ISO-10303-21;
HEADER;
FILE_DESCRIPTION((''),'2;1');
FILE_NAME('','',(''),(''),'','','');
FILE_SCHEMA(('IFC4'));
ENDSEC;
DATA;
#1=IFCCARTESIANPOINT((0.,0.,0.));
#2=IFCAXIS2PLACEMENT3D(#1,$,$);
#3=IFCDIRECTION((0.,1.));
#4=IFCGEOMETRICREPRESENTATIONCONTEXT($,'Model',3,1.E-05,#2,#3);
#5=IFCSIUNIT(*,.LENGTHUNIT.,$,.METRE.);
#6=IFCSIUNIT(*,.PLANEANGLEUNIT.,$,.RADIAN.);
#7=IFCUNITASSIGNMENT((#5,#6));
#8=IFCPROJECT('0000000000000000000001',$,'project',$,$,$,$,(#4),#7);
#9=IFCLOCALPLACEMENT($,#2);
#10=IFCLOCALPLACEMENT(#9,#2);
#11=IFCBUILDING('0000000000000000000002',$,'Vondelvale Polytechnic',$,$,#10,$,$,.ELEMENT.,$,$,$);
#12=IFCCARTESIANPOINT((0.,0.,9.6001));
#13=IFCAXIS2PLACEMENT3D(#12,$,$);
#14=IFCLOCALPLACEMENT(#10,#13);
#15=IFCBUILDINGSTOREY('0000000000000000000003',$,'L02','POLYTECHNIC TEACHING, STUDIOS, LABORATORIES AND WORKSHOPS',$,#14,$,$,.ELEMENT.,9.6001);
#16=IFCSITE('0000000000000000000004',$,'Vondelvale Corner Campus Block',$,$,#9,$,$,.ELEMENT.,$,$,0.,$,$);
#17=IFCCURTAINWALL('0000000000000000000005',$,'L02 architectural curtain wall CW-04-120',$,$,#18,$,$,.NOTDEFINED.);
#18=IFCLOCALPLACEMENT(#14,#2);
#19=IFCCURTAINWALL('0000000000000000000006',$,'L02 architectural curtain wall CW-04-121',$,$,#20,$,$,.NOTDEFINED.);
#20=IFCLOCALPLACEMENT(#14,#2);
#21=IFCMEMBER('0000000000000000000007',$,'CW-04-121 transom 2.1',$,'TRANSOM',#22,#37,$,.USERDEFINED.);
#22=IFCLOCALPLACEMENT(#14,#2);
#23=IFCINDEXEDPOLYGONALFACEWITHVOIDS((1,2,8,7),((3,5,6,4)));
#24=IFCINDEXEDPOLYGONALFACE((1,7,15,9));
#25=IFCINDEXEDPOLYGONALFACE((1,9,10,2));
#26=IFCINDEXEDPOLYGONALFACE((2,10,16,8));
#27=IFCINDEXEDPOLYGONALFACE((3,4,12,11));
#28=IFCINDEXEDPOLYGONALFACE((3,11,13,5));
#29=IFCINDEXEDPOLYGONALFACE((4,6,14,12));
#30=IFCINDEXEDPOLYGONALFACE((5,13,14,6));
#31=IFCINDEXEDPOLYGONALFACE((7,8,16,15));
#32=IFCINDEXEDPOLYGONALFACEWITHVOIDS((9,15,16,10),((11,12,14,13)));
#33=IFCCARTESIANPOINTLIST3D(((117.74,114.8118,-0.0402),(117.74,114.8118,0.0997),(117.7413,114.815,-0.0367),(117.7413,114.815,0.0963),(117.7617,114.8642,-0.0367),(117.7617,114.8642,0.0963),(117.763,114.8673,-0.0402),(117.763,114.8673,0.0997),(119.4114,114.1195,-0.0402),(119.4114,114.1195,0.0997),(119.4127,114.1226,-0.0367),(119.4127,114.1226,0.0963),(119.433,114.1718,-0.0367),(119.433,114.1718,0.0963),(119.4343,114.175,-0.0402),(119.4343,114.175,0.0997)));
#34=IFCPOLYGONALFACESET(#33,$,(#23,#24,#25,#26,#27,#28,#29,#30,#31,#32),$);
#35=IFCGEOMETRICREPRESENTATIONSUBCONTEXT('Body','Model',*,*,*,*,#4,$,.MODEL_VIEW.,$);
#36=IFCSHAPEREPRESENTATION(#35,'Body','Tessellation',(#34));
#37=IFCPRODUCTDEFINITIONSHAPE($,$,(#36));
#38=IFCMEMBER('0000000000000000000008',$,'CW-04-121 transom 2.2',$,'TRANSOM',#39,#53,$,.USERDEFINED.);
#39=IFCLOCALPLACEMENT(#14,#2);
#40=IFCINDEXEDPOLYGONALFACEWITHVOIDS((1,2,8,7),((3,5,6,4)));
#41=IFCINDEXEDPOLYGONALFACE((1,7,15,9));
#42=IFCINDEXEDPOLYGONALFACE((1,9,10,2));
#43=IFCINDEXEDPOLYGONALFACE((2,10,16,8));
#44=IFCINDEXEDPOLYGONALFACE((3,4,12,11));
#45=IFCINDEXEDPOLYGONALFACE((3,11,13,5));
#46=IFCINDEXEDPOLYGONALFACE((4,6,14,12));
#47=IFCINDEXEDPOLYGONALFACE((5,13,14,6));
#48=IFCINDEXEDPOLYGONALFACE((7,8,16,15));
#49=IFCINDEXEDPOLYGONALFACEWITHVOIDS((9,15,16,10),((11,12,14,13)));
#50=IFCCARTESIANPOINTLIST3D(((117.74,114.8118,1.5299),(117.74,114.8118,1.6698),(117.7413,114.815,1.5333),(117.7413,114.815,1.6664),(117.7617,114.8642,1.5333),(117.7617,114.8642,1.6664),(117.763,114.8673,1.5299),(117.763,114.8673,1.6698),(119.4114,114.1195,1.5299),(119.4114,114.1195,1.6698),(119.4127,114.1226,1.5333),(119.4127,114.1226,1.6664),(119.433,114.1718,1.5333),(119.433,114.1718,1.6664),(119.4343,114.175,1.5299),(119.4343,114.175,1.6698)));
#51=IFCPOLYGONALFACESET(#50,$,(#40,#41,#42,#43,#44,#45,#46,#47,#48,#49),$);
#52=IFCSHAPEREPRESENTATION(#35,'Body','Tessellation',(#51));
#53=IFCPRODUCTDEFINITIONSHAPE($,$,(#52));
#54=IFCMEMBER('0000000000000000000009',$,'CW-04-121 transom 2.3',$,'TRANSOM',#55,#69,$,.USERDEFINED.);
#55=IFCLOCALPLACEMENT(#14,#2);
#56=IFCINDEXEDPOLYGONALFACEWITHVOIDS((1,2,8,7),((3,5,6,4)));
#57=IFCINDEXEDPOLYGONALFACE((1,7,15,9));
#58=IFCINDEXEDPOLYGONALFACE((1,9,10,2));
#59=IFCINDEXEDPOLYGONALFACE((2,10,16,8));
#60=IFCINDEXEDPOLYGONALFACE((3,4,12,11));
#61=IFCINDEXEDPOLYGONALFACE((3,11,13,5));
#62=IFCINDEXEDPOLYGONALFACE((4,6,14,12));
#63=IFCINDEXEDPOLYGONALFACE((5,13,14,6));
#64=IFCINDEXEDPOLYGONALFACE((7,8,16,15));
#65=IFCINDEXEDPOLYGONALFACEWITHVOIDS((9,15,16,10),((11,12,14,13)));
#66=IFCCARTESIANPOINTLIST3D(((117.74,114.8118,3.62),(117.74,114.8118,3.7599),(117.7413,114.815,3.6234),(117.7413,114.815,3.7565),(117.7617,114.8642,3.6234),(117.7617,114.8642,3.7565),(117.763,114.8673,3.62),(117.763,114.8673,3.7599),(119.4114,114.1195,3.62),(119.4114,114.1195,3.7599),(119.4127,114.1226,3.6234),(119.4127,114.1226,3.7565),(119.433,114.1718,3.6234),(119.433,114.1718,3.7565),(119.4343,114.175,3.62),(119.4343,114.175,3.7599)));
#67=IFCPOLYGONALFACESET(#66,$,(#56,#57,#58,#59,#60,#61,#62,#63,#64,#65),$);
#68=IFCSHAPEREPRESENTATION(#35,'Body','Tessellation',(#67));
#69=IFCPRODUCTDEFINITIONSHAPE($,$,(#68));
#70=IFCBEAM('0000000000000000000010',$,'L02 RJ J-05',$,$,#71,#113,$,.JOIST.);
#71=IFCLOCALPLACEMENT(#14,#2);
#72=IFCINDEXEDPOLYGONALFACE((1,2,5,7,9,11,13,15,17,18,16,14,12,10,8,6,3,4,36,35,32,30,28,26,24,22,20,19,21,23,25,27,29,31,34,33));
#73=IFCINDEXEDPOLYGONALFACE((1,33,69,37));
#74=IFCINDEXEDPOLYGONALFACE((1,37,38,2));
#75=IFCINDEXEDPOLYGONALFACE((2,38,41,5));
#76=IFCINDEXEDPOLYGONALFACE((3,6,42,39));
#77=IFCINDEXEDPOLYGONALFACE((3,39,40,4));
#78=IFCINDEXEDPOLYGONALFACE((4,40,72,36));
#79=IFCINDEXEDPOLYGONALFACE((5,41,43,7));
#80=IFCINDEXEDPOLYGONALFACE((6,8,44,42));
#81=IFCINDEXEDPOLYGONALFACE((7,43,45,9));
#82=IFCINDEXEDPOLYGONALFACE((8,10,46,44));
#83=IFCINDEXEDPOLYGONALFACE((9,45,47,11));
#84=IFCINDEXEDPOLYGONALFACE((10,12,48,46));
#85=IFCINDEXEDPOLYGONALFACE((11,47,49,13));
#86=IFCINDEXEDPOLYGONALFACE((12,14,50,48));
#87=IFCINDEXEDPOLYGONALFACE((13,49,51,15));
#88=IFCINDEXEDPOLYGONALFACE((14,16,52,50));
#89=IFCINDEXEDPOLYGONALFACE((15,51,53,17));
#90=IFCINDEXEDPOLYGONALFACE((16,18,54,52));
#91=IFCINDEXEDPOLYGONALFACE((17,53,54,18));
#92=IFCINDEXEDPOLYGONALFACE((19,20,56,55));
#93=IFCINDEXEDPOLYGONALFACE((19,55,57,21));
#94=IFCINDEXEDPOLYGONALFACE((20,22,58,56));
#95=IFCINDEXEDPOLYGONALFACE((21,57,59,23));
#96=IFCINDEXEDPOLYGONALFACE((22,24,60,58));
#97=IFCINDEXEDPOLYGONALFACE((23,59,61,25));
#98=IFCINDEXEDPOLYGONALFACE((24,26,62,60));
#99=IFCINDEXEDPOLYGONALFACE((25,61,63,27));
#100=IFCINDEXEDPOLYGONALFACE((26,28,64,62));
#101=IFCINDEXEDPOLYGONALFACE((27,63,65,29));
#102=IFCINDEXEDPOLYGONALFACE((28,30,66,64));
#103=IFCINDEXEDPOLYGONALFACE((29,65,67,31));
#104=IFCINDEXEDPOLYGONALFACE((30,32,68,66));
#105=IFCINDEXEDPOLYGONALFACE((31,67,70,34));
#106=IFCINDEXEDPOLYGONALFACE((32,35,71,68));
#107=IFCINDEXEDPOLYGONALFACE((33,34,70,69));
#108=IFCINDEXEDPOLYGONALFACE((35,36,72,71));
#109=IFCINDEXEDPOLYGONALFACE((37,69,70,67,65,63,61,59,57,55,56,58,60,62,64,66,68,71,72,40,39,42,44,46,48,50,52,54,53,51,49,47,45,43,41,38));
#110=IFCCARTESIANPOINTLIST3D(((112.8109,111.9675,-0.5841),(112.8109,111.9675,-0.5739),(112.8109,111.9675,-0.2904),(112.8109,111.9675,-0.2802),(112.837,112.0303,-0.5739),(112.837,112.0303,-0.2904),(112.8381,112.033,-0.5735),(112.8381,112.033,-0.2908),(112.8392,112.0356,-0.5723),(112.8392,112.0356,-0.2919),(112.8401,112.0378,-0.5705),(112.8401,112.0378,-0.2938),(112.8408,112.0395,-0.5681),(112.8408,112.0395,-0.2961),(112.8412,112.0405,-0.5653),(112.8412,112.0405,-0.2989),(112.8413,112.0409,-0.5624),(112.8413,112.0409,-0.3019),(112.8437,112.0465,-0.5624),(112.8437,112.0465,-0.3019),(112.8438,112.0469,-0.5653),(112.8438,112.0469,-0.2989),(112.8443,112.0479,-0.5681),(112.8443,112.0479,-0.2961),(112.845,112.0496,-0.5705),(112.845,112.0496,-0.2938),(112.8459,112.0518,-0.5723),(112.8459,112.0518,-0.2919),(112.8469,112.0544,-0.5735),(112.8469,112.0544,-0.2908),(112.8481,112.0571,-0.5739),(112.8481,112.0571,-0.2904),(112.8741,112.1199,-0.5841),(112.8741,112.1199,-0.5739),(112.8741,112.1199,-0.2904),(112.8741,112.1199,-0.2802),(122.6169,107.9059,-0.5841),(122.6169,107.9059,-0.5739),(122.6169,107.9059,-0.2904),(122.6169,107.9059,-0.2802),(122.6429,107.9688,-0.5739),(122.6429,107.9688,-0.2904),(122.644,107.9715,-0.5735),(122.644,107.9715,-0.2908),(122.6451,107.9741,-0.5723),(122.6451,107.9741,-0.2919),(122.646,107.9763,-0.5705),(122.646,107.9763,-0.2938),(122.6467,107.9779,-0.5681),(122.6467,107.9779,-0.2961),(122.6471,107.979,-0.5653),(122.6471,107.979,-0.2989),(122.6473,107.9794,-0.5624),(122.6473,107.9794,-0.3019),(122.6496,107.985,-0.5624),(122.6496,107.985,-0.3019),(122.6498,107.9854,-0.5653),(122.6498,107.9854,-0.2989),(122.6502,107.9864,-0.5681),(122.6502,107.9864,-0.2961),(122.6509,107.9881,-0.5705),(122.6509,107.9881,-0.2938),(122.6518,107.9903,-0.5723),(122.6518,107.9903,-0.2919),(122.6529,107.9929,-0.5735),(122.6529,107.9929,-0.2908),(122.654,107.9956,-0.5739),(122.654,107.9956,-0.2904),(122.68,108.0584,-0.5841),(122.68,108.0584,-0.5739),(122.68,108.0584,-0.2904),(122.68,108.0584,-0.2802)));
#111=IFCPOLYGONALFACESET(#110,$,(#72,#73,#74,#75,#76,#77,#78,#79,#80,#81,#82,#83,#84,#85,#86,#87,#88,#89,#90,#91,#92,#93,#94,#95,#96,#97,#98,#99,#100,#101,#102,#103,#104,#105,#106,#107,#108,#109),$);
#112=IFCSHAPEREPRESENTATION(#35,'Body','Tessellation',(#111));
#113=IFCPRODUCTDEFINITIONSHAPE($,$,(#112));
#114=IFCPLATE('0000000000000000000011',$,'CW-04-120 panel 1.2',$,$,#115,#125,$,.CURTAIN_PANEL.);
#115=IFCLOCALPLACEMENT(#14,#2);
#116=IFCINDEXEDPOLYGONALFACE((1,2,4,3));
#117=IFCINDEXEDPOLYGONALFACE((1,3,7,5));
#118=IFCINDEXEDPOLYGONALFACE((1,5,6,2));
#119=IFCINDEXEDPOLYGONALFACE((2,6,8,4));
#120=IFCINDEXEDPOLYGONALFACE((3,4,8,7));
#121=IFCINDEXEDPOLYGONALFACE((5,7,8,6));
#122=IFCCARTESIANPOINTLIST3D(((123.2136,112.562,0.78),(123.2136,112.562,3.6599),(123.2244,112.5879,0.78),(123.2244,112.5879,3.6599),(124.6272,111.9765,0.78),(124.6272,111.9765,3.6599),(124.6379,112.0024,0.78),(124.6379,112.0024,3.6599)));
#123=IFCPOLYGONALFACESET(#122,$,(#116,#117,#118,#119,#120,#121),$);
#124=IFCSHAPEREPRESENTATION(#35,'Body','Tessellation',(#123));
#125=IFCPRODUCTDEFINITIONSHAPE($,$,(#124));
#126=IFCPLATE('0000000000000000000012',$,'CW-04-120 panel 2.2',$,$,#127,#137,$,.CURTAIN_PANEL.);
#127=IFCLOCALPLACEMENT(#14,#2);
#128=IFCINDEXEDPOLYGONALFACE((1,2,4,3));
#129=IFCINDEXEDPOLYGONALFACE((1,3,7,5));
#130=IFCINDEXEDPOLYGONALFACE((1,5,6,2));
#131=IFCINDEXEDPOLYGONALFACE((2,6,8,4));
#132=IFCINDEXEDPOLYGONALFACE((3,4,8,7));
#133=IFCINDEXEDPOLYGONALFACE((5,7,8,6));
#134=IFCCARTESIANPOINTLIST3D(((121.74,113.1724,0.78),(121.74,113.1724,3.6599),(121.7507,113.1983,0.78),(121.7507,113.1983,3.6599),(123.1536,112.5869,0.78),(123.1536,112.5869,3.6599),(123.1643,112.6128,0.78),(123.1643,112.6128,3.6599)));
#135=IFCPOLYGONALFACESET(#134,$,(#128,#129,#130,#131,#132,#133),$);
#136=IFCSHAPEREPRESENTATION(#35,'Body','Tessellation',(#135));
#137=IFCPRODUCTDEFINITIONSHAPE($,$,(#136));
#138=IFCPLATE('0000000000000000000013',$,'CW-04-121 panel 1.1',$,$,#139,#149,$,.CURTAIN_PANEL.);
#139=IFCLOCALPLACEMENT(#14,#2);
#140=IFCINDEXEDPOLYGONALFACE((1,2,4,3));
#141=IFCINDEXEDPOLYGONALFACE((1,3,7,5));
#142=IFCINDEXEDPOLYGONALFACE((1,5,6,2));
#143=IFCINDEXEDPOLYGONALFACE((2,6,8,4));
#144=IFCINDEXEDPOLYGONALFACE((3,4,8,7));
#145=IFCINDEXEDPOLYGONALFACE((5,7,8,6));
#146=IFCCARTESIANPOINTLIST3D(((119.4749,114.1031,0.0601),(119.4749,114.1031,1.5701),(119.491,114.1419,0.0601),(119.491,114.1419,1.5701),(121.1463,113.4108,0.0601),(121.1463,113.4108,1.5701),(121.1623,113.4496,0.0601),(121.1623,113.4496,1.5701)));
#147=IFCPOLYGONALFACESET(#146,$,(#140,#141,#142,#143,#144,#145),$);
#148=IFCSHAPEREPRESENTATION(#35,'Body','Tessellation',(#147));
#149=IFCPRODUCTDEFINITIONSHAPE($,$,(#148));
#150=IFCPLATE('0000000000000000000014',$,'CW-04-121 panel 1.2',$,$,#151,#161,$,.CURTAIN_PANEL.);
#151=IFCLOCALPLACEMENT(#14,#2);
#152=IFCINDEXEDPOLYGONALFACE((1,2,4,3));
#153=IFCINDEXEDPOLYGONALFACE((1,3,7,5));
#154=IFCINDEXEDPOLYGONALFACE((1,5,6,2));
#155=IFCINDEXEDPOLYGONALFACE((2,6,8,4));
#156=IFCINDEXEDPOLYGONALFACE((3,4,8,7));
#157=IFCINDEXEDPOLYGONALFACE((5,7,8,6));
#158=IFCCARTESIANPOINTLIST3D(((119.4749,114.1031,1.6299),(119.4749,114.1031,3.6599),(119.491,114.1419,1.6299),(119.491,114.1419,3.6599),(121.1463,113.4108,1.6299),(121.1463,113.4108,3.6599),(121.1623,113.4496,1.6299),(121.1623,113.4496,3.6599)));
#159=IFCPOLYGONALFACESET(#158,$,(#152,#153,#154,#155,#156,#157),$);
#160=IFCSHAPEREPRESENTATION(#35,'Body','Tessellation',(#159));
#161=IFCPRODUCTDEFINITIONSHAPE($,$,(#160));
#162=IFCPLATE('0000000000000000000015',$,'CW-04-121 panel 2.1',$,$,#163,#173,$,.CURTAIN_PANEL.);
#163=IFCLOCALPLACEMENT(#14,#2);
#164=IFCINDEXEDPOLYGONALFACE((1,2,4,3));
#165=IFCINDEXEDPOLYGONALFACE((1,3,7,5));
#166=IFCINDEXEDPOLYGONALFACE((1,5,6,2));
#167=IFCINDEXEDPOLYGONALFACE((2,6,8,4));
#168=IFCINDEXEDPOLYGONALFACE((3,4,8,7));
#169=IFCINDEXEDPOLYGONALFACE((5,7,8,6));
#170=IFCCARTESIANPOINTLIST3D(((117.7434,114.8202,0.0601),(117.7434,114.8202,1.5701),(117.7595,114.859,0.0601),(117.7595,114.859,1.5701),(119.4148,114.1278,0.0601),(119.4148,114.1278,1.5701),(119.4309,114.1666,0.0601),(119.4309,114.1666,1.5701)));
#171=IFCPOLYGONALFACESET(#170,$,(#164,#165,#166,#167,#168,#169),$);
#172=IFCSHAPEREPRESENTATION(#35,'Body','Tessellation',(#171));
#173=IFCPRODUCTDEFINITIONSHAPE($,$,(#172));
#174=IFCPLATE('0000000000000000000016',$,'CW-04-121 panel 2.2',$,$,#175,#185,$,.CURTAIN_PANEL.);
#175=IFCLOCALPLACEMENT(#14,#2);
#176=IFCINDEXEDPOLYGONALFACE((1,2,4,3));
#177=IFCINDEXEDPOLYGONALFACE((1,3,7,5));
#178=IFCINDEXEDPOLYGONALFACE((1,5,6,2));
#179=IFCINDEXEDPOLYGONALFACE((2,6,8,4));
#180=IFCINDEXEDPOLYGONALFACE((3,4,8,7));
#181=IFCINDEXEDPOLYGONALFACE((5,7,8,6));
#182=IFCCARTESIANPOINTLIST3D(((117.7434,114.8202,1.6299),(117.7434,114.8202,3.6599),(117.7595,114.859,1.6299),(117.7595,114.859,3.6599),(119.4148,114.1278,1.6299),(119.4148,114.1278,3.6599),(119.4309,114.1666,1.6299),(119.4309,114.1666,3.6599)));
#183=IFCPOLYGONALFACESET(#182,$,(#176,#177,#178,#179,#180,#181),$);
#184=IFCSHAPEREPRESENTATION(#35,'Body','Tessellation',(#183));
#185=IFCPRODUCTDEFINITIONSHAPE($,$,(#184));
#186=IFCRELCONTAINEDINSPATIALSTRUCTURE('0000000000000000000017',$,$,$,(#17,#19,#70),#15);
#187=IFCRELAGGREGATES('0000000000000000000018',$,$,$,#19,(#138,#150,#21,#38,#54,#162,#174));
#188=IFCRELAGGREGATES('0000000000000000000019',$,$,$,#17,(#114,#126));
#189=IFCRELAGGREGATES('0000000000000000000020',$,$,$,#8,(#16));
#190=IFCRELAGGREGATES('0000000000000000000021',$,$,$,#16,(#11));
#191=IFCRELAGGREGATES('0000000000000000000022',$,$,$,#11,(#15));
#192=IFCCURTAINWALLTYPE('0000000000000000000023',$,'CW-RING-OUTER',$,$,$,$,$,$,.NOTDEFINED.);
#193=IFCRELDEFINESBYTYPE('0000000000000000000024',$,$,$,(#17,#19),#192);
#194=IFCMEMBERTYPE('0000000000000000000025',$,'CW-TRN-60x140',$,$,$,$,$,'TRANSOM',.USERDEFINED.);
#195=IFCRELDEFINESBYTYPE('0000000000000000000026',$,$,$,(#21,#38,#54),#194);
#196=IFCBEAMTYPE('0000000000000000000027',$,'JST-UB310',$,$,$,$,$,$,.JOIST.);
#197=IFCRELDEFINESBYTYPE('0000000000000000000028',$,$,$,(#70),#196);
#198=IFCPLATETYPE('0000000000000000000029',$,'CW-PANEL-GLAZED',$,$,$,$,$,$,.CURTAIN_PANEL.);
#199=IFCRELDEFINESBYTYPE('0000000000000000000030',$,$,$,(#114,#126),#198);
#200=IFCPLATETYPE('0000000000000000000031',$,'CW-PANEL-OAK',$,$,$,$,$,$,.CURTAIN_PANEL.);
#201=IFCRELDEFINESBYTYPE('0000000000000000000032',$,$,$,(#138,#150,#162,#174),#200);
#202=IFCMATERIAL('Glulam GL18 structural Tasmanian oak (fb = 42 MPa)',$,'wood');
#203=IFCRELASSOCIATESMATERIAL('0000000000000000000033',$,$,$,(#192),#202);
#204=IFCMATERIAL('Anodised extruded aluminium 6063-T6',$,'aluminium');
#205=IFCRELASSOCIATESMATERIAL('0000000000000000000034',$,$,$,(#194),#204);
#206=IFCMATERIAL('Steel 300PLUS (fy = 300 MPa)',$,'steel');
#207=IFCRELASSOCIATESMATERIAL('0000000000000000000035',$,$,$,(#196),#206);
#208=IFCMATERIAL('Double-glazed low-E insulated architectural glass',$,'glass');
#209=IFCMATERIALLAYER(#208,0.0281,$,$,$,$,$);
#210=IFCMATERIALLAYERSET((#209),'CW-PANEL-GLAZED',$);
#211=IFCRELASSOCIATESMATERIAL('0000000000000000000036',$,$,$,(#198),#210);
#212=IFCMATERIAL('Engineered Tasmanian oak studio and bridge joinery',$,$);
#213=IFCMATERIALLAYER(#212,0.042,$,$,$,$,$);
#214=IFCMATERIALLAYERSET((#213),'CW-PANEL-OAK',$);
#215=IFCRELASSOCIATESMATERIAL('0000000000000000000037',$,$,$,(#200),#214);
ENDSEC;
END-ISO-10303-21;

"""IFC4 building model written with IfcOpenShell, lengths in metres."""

from ifc_helpers import new_model, si_unit, direction, frame, origin, origin_2d, place, context, subcontext, project, spatial, rectangle, hollow_rectangle, i_section, extrude, material, layer, layer_set, material_profile, profile_set, type_object, element, aggregate, save


model = new_model("IFC4")

# Units and contexts
model_context = context("Model", 3, precision=1e-05, world=origin(), true_north=direction((0.0, 1.0)))
body_context = subcontext(model_context, "Body", "Model", "MODEL_VIEW")
ifc_project = project(units=[si_unit("LENGTHUNIT", "METRE"), si_unit("PLANEANGLEUNIT", "RADIAN")], contexts=[model_context])

# Site, building, storey
site_placement = place(None, origin())
site = spatial("IfcSite", under=ifc_project, at=site_placement, Name="Vondelvale Corner Campus Block", CompositionType="ELEMENT", RefElevation=0.0)
building_placement = place(site_placement, origin())
building = spatial("IfcBuilding", under=site, at=building_placement, Name="Vondelvale Polytechnic", CompositionType="ELEMENT")
storey_placement = place(building_placement, frame((0.0, 0.0, 9.6001)))
storey = spatial("IfcBuildingStorey", under=building, at=storey_placement, Name="L02", Description="POLYTECHNIC TEACHING, STUDIOS, LABORATORIES AND WORKSHOPS", CompositionType="ELEMENT", Elevation=9.6001)

# Shared definitions
ifc_material_1 = material(Name="Glulam GL18 structural Tasmanian oak (fb = 42 MPa)", Category="wood")

# Curtain walls
curtain_wall_type = type_object("IfcCurtainWallType", Name="CW-RING-OUTER", PredefinedType="NOTDEFINED", material=ifc_material_1)
curtain_wall_1_placement = place(storey_placement, origin())
curtain_wall_1 = element("IfcCurtainWall", 1, at=curtain_wall_1_placement, inside=storey, type_object=curtain_wall_type, Name="L02 architectural curtain wall CW-04-120", PredefinedType="NOTDEFINED")
ifc_material_2 = material(Name="Anodised extruded aluminium 6063-T6", Category="aluminium")
curtain_wall_2_placement = place(storey_placement, origin())
curtain_wall_2 = element("IfcCurtainWall", 2, at=curtain_wall_2_placement, inside=storey, type_object=curtain_wall_type, Name="L02 architectural curtain wall CW-04-121", PredefinedType="NOTDEFINED")

# Members
ifc_material_profile_1 = material_profile(ifc_material_2, hollow_rectangle(XDim=0.0601, YDim=0.1399, WallThickness=0.0034, at=origin_2d()), Name="CW-TRN-140x60")
ifc_profile_set_1 = profile_set([ifc_material_profile_1], Name="Anodised extruded aluminium 6063-T6")
member_type_1 = type_object("IfcMemberType", Name="CW-TRN-60x140", ElementType="TRANSOM", PredefinedType="USERDEFINED", material=ifc_profile_set_1)
member_1_placement = place(storey_placement, frame((119.4229, 114.1472, 0.0298), z_axis=(-0.923866, 0.382717, 0.0), x_axis=(-0.382717, -0.923866, 0.0)))
member_1 = element("IfcMember", 3, at=member_1_placement, type_object=member_type_1, Name="CW-04-121 transom 2.1", ObjectType="TRANSOM", PredefinedType="USERDEFINED", context=body_context, shape_type="SweptSolid", body=[
    extrude(hollow_rectangle(XDim=0.0601, YDim=0.1399, WallThickness=0.0034, at=origin_2d()), origin(), (0.0, 0.0, 1.0), 1.8091),
])
member_2_placement = place(storey_placement, frame((119.4229, 114.1472, 1.5999), z_axis=(-0.923866, 0.382717, 0.0), x_axis=(-0.382717, -0.923866, 0.0)))
member_2 = element("IfcMember", 4, at=member_2_placement, type_object=member_type_1, Name="CW-04-121 transom 2.2", ObjectType="TRANSOM", PredefinedType="USERDEFINED", context=body_context, shape_type="SweptSolid", body=[
    extrude(hollow_rectangle(XDim=0.0601, YDim=0.1399, WallThickness=0.0034, at=origin_2d()), origin(), (0.0, 0.0, 1.0), 1.8091),
])
member_3_placement = place(storey_placement, frame((119.4229, 114.1472, 3.6899), z_axis=(-0.923866, 0.382717, 0.0), x_axis=(-0.382717, -0.923866, 0.0)))
member_3 = element("IfcMember", 5, at=member_3_placement, type_object=member_type_1, Name="CW-04-121 transom 2.3", ObjectType="TRANSOM", PredefinedType="USERDEFINED", context=body_context, shape_type="SweptSolid", body=[
    extrude(hollow_rectangle(XDim=0.0601, YDim=0.1399, WallThickness=0.0034, at=origin_2d()), origin(), (0.0, 0.0, 1.0), 1.8091),
])

# Beam
ifc_material_3 = material(Name="Steel 300PLUS (fy = 300 MPa)", Category="steel")
ifc_material_profile_2 = material_profile(ifc_material_3, i_section(OverallWidth=0.165, OverallDepth=0.304, WebThickness=0.0061, FlangeThickness=0.0103, FilletRadius=0.0115, at=origin_2d()), Name="310UB40.4")
ifc_profile_set_2 = profile_set([ifc_material_profile_2], Name="Steel 300PLUS (fy = 300 MPa)")
beam_type = type_object("IfcBeamType", Name="JST-UB310", PredefinedType="JOIST", material=ifc_profile_set_2)
beam_placement = place(storey_placement, frame((122.6484, 107.9822, -0.4321), z_axis=(-0.923887, 0.382666, 0.0), x_axis=(-0.382666, -0.923887, 0.0)))
element("IfcBeam", 6, at=beam_placement, inside=storey, type_object=beam_type, Name="L02 RJ J-05", PredefinedType="JOIST", context=body_context, shape_type="SweptSolid", body=[
    extrude(i_section(OverallWidth=0.165, OverallDepth=0.304, WebThickness=0.0061, FlangeThickness=0.0103, FilletRadius=0.0115, at=origin_2d()), origin(), (0.0, 0.0, 1.0), 10.6138),
])

# Plates
ifc_material_4 = material(Name="Double-glazed low-E insulated architectural glass", Category="glass")
ifc_layer_1 = layer(ifc_material_4, 0.0281)
ifc_layer_set_1 = layer_set([ifc_layer_1], Name="CW-PANEL-GLAZED")
plate_type_1 = type_object("IfcPlateType", Name="CW-PANEL-GLAZED", PredefinedType="CURTAIN_PANEL", material=ifc_layer_set_1)
plate_1_placement = place(storey_placement, frame((123.9258, 112.2822, 0.78), z_axis=(0.0, 0.0, 1.0), x_axis=(-0.923882, 0.382677, 0.0)))
plate_1 = element("IfcPlate", 7, at=plate_1_placement, type_object=plate_type_1, Name="CW-04-120 panel 1.2", PredefinedType="CURTAIN_PANEL", context=body_context, shape_type="SweptSolid", body=[
    extrude(rectangle(XDim=1.53, YDim=0.0281, at=origin_2d()), origin(), (0.0, 0.0, 1.0), 2.8799),
])
plate_2_placement = place(storey_placement, frame((122.4521, 112.8926, 0.78), z_axis=(0.0, 0.0, 1.0), x_axis=(-0.923882, 0.382677, 0.0)))
plate_2 = element("IfcPlate", 8, at=plate_2_placement, type_object=plate_type_1, Name="CW-04-120 panel 2.2", PredefinedType="CURTAIN_PANEL", context=body_context, shape_type="SweptSolid", body=[
    extrude(rectangle(XDim=1.53, YDim=0.0281, at=origin_2d()), origin(), (0.0, 0.0, 1.0), 2.8799),
])
ifc_material_5 = material(Name="Engineered Tasmanian oak studio and bridge joinery")
ifc_layer_2 = layer(ifc_material_5, 0.042)
ifc_layer_set_2 = layer_set([ifc_layer_2], Name="CW-PANEL-OAK")
plate_type_2 = type_object("IfcPlateType", Name="CW-PANEL-OAK", PredefinedType="CURTAIN_PANEL", material=ifc_layer_set_2)
plate_3_placement = place(storey_placement, frame((120.3186, 113.7764, 0.0601), z_axis=(0.0, 0.0, 1.0), x_axis=(-0.923875, 0.382695, 0.0)))
plate_3 = element("IfcPlate", 9, at=plate_3_placement, type_object=plate_type_2, Name="CW-04-121 panel 1.1", PredefinedType="CURTAIN_PANEL", context=body_context, shape_type="SweptSolid", body=[
    extrude(rectangle(XDim=1.8091, YDim=0.042, at=origin_2d()), origin(), (0.0, 0.0, 1.0), 1.51),
])
plate_4_placement = place(storey_placement, frame((120.3186, 113.7764, 1.6299), z_axis=(0.0, 0.0, 1.0), x_axis=(-0.923875, 0.382695, 0.0)))
plate_4 = element("IfcPlate", 10, at=plate_4_placement, type_object=plate_type_2, Name="CW-04-121 panel 1.2", PredefinedType="CURTAIN_PANEL", context=body_context, shape_type="SweptSolid", body=[
    extrude(rectangle(XDim=1.8091, YDim=0.042, at=origin_2d()), origin(), (0.0, 0.0, 1.0), 2.03),
])
plate_5_placement = place(storey_placement, frame((118.5872, 114.4934, 0.0601), z_axis=(0.0, 0.0, 1.0), x_axis=(-0.923875, 0.382695, 0.0)))
plate_5 = element("IfcPlate", 11, at=plate_5_placement, type_object=plate_type_2, Name="CW-04-121 panel 2.1", PredefinedType="CURTAIN_PANEL", context=body_context, shape_type="SweptSolid", body=[
    extrude(rectangle(XDim=1.8091, YDim=0.042, at=origin_2d()), origin(), (0.0, 0.0, 1.0), 1.51),
])
plate_6_placement = place(storey_placement, frame((118.5872, 114.4934, 1.6299), z_axis=(0.0, 0.0, 1.0), x_axis=(-0.923875, 0.382695, 0.0)))
plate_6 = element("IfcPlate", 12, at=plate_6_placement, type_object=plate_type_2, Name="CW-04-121 panel 2.2", PredefinedType="CURTAIN_PANEL", context=body_context, shape_type="SweptSolid", body=[
    extrude(rectangle(XDim=1.8091, YDim=0.042, at=origin_2d()), origin(), (0.0, 0.0, 1.0), 2.03),
])
aggregate(curtain_wall_2, [plate_3, plate_4, member_1, member_2, member_3, plate_5, plate_6])
aggregate(curtain_wall_1, [plate_1, plate_2])

save(model, "model.ifc")
